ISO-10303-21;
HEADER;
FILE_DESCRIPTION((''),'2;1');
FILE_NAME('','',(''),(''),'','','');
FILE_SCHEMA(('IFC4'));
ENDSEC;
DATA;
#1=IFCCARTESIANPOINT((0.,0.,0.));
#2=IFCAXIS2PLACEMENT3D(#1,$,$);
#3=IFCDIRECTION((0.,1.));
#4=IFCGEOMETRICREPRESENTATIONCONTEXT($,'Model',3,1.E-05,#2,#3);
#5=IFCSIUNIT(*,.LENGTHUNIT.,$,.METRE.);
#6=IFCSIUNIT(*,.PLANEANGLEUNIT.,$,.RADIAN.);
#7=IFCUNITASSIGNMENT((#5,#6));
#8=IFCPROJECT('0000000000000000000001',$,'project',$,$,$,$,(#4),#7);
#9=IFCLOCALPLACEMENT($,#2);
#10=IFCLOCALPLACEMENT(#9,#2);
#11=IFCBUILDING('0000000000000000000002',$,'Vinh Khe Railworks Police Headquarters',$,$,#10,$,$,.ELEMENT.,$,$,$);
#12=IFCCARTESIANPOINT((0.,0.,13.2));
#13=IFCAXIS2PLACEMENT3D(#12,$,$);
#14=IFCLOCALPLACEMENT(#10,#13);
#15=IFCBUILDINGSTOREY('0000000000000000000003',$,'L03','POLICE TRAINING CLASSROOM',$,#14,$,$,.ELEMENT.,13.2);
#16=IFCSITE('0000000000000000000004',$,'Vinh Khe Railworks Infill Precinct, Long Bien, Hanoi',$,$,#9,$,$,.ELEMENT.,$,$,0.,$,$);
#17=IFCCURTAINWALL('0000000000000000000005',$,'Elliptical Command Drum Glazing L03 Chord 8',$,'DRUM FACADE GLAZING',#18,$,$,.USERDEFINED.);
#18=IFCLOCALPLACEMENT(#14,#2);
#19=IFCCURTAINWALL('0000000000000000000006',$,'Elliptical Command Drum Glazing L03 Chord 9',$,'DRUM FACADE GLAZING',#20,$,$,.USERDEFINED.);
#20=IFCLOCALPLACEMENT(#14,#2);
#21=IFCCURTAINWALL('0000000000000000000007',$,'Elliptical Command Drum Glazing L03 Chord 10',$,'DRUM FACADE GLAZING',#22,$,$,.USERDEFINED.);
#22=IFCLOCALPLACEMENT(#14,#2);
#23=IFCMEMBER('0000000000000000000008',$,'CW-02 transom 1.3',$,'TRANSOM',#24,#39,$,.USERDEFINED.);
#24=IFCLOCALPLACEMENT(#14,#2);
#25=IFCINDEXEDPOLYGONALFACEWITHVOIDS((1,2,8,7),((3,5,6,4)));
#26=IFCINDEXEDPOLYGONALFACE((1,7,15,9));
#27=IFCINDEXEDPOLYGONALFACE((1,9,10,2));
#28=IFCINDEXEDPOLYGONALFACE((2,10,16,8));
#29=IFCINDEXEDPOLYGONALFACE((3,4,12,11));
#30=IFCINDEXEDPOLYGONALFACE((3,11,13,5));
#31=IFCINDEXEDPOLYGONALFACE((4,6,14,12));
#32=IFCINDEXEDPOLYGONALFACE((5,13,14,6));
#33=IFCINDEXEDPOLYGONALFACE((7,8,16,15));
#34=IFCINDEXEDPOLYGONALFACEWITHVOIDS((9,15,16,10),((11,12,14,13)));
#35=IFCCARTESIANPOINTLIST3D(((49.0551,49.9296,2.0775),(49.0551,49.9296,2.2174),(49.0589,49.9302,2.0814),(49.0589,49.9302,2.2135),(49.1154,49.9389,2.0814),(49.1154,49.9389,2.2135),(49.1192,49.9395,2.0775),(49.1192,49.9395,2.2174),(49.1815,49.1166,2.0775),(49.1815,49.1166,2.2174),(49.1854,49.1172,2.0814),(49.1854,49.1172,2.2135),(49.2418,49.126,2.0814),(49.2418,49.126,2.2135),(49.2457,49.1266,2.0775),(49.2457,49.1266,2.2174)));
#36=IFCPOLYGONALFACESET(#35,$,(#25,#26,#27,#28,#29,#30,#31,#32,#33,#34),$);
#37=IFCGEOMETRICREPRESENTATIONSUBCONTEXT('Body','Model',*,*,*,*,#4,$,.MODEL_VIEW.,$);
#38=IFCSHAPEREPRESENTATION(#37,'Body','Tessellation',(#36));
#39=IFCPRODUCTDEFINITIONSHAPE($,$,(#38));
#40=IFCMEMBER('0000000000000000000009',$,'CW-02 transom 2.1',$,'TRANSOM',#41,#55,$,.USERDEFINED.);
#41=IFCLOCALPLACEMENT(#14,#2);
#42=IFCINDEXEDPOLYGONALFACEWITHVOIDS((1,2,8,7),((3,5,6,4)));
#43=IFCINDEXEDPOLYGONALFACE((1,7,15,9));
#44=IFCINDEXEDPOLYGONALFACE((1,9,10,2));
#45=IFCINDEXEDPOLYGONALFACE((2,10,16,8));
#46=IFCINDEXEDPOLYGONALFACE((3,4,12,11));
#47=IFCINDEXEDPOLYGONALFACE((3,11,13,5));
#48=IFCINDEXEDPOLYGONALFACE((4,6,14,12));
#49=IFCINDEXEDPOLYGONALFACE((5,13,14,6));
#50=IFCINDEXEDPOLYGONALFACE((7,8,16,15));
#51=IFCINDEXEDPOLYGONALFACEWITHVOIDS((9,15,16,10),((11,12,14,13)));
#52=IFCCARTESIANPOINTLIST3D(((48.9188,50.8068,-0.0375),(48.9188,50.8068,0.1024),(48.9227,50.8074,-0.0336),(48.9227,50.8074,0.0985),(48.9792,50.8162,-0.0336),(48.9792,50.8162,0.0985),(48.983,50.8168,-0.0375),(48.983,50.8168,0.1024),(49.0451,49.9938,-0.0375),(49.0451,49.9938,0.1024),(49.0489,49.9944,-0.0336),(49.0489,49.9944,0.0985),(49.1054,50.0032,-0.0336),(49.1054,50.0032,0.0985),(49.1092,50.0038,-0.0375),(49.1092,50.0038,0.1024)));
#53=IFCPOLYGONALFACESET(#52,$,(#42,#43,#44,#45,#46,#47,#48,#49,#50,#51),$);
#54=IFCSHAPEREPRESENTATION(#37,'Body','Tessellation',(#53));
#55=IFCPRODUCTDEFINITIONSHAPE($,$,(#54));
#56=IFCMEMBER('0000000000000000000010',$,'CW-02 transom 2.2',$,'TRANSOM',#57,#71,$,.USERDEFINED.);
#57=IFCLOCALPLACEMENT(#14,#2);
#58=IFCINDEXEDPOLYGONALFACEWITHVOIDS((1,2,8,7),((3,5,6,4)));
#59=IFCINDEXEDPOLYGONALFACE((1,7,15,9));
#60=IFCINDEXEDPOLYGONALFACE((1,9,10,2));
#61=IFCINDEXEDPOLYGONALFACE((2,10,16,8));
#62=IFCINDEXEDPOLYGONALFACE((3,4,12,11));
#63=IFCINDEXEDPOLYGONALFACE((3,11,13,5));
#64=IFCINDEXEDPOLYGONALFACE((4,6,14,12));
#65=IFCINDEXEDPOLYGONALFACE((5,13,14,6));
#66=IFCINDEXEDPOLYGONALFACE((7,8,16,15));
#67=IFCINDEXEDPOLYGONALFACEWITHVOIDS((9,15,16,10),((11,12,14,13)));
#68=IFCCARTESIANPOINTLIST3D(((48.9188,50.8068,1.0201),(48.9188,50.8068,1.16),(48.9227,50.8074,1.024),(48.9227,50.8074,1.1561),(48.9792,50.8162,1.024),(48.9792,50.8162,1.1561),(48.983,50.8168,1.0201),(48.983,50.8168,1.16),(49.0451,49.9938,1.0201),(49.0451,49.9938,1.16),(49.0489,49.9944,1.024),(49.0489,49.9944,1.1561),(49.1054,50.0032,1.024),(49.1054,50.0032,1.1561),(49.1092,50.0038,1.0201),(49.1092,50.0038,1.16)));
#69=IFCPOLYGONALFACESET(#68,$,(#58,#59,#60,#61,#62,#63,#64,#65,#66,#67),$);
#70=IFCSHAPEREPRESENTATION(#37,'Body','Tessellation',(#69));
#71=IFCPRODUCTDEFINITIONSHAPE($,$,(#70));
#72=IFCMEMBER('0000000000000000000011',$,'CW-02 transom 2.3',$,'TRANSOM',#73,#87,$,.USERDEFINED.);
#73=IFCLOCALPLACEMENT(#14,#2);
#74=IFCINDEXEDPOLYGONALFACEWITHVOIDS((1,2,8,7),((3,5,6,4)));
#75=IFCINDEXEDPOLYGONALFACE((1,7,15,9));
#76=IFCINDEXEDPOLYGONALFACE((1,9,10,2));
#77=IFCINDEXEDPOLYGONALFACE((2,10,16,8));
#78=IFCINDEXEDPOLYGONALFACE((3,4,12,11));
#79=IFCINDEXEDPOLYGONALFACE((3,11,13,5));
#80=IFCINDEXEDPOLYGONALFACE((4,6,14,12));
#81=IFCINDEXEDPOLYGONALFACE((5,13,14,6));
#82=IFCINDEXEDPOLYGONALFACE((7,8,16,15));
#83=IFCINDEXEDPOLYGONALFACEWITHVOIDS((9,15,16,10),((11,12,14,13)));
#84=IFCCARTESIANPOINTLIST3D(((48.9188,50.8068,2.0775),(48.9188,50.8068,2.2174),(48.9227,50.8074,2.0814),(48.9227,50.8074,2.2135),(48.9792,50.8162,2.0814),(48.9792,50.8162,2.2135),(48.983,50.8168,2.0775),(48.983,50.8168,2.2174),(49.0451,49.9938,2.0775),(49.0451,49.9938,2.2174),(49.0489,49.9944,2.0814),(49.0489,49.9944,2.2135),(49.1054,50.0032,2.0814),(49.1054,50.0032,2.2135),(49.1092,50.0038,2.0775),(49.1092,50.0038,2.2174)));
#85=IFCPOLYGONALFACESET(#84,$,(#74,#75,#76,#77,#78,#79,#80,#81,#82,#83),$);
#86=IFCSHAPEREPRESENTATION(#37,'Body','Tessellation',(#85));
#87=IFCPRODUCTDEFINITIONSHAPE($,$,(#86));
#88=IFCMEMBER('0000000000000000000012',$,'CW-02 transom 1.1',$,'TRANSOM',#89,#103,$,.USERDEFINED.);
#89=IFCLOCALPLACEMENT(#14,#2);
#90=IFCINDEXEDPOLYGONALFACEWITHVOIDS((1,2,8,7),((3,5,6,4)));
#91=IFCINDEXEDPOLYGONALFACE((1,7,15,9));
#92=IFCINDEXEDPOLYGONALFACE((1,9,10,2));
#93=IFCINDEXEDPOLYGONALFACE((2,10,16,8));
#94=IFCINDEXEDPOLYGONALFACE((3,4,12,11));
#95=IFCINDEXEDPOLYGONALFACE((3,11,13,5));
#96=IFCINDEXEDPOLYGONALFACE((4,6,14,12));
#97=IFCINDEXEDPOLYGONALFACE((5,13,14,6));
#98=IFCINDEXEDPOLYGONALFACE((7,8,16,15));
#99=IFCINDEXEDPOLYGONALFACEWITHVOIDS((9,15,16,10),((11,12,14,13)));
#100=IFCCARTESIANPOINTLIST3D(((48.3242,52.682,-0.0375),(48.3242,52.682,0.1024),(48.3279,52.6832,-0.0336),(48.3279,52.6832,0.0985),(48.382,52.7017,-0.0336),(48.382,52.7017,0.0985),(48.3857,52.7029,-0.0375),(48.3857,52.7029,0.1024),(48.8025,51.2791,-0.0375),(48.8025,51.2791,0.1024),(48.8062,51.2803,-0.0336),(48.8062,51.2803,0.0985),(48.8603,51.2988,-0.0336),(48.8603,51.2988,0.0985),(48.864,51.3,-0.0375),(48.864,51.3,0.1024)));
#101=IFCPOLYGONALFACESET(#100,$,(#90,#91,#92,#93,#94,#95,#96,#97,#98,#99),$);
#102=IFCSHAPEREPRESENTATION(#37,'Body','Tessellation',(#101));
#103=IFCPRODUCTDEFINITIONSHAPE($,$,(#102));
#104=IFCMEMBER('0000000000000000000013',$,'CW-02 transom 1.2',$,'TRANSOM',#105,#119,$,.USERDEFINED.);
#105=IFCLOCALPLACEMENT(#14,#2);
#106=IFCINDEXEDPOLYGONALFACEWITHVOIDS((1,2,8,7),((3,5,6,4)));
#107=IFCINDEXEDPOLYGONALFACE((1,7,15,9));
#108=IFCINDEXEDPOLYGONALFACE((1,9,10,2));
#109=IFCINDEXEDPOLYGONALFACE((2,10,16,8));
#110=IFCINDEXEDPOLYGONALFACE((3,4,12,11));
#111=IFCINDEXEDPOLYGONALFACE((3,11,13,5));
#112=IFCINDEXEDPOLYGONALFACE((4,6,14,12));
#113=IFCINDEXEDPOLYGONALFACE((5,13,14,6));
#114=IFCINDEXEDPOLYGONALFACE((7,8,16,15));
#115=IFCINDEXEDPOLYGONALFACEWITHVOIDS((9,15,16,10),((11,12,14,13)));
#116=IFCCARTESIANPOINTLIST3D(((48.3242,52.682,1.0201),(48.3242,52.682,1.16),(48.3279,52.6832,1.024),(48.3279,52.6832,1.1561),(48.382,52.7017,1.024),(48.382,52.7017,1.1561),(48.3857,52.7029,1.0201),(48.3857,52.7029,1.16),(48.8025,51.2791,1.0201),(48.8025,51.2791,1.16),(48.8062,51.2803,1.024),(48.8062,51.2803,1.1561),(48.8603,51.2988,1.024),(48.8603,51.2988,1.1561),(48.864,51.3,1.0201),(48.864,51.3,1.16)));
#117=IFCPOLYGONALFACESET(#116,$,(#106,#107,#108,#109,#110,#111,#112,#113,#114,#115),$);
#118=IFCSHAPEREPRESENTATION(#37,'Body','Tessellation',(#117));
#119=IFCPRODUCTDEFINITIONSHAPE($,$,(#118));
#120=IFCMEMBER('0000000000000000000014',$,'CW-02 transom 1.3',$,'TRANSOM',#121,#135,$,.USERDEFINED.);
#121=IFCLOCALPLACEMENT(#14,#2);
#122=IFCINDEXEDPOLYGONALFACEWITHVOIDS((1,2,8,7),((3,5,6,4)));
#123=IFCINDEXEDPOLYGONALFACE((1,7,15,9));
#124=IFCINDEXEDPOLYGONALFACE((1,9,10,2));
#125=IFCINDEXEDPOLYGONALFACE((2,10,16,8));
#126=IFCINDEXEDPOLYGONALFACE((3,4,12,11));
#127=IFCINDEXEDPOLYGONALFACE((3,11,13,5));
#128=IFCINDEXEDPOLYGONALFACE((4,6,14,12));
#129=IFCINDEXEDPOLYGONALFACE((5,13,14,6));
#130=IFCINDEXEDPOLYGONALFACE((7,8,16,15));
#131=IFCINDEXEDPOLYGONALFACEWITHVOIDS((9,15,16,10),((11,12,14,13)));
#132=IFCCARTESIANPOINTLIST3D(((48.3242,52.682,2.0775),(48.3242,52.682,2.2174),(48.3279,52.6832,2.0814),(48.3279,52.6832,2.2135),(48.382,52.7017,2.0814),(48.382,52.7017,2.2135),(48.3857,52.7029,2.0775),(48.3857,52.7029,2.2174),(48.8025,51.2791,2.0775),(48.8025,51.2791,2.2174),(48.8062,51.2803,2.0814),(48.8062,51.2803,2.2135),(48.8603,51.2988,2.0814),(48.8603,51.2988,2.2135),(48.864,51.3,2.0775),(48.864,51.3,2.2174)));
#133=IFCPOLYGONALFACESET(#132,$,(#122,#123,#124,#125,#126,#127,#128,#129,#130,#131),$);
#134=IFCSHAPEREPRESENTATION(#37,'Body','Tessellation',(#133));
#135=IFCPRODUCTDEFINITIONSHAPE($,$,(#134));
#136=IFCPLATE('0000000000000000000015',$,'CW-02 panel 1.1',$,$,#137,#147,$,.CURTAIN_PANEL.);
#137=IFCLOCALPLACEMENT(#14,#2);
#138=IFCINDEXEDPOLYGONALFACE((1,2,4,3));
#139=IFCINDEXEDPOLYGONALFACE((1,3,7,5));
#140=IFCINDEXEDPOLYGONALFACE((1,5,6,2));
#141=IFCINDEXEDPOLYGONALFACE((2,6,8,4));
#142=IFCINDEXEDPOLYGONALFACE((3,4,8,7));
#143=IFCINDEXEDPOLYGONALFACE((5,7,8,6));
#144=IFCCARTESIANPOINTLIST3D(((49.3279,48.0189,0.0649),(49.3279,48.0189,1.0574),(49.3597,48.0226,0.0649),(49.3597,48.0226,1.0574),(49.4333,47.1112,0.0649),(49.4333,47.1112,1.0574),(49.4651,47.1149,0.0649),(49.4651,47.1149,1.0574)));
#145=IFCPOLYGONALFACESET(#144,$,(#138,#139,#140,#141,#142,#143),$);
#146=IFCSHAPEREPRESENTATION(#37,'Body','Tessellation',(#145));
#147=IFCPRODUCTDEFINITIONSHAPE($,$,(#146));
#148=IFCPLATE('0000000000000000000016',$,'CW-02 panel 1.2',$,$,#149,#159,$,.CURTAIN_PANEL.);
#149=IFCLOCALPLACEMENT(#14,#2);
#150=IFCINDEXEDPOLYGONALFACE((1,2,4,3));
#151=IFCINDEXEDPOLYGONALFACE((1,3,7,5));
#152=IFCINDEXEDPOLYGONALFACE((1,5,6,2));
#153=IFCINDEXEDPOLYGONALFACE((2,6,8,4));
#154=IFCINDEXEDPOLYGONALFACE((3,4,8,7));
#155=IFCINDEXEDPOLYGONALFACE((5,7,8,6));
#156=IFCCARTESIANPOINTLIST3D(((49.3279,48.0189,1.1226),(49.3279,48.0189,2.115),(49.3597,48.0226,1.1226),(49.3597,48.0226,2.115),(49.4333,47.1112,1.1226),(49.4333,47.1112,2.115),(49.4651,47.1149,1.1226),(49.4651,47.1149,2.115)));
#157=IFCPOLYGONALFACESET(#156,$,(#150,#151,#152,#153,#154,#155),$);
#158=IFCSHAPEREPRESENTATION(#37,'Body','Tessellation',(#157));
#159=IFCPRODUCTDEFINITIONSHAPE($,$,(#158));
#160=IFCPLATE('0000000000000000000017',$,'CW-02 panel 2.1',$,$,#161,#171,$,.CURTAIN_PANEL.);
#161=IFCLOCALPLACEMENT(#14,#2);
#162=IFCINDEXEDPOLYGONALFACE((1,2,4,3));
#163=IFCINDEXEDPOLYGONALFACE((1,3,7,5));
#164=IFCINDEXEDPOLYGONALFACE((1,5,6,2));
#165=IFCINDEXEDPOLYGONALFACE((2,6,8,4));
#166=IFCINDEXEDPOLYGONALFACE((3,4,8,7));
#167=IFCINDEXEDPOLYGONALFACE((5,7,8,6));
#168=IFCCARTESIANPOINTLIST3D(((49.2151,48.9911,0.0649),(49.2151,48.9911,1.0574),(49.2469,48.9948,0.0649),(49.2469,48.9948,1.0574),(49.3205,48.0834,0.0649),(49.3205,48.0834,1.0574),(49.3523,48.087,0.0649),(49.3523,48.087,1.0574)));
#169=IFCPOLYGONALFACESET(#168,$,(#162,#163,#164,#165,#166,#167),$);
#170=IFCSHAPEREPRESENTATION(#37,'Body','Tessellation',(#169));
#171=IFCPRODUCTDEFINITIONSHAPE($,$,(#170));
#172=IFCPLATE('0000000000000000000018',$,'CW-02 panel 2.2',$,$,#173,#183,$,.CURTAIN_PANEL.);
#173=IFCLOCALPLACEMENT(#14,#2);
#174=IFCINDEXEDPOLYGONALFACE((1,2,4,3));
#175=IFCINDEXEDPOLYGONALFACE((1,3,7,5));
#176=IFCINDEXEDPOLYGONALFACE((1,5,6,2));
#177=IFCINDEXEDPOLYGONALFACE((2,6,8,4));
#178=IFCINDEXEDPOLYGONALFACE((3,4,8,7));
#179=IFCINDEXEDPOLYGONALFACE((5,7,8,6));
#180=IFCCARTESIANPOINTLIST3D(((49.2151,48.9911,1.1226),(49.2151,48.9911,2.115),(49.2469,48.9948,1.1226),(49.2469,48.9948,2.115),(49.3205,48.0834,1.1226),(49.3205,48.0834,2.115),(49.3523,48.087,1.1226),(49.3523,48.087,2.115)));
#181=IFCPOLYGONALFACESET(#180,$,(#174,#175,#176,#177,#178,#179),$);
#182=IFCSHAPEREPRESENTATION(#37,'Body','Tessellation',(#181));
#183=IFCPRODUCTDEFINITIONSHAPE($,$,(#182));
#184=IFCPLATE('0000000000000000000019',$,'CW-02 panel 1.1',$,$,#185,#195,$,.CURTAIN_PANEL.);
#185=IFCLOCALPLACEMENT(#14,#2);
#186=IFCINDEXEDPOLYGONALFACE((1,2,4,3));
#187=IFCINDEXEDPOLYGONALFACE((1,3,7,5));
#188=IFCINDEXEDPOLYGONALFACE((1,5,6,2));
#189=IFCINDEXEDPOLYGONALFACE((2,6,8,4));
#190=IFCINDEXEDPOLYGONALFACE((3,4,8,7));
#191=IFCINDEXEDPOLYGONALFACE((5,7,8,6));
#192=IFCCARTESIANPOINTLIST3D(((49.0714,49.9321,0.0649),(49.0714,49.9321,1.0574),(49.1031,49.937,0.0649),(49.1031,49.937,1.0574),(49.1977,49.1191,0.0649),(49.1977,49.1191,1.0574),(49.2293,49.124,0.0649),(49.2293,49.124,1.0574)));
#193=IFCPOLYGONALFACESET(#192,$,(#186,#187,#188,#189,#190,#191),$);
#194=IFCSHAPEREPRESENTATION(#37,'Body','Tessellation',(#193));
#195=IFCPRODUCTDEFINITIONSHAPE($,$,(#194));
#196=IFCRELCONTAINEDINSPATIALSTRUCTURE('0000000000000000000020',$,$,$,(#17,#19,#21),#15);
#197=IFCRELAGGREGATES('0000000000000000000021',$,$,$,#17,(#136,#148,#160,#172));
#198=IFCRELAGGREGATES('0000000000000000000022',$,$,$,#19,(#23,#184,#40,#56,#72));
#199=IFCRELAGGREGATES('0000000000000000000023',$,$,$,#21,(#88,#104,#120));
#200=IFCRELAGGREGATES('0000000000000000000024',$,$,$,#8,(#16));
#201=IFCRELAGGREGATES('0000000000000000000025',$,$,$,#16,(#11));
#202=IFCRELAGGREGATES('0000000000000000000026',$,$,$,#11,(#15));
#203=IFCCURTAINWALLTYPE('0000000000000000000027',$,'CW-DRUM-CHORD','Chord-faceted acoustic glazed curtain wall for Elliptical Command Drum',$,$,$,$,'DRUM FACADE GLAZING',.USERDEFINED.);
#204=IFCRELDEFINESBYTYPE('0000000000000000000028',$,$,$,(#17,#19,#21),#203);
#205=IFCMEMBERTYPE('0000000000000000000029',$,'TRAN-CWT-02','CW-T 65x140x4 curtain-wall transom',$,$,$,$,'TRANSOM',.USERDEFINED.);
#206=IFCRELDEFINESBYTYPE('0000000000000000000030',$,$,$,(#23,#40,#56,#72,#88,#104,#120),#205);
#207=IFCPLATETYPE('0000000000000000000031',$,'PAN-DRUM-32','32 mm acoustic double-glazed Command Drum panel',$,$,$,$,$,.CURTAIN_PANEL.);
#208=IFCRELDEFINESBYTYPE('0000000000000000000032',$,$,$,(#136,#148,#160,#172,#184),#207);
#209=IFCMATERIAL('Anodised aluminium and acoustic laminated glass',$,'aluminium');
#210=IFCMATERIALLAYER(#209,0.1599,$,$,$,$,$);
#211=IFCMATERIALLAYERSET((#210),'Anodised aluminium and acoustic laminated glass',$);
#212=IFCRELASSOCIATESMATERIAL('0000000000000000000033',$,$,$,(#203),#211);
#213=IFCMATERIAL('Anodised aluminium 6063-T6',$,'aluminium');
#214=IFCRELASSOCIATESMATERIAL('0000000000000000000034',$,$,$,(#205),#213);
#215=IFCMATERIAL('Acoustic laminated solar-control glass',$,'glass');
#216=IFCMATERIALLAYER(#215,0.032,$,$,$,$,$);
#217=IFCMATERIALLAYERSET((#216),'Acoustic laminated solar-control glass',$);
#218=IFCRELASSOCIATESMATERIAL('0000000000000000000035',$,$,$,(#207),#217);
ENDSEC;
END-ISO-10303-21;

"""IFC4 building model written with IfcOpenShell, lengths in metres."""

from ifc_helpers import new_model, si_unit, direction, frame, origin, origin_2d, place, context, subcontext, project, spatial, rectangle, hollow_rectangle, extrude, material, layer, layer_set, material_profile, profile_set, type_object, element, aggregate, save


model = new_model("IFC4")

# Units and contexts
model_context = context("Model", 3, precision=1e-05, world=origin(), true_north=direction((0.0, 1.0)))
body_context = subcontext(model_context, "Body", "Model", "MODEL_VIEW")
ifc_project = project(units=[si_unit("LENGTHUNIT", "METRE"), si_unit("PLANEANGLEUNIT", "RADIAN")], contexts=[model_context])

# Site, building, storey
site_placement = place(None, origin())
site = spatial("IfcSite", under=ifc_project, at=site_placement, Name="Vinh Khe Railworks Infill Precinct, Long Bien, Hanoi", CompositionType="ELEMENT", RefElevation=0.0)
building_placement = place(site_placement, origin())
building = spatial("IfcBuilding", under=site, at=building_placement, Name="Vinh Khe Railworks Police Headquarters", CompositionType="ELEMENT")
storey_placement = place(building_placement, frame((0.0, 0.0, 13.2)))
storey = spatial("IfcBuildingStorey", under=building, at=storey_placement, Name="L03", Description="POLICE TRAINING CLASSROOM", CompositionType="ELEMENT", Elevation=13.2)

# Curtain walls
ifc_material_1 = material(Name="Anodised aluminium and acoustic laminated glass", Category="aluminium")
ifc_layer_1 = layer(ifc_material_1, 0.1599)
ifc_layer_set_1 = layer_set([ifc_layer_1], Name="Anodised aluminium and acoustic laminated glass")
curtain_wall_type = type_object("IfcCurtainWallType", Name="CW-DRUM-CHORD", Description="Chord-faceted acoustic glazed curtain wall for Elliptical Command Drum", ElementType="DRUM FACADE GLAZING", PredefinedType="USERDEFINED", material=ifc_layer_set_1)
curtain_wall_1_placement = place(storey_placement, origin())
curtain_wall_1 = element("IfcCurtainWall", 1, at=curtain_wall_1_placement, inside=storey, type_object=curtain_wall_type, Name="Elliptical Command Drum Glazing L03 Chord 8", ObjectType="DRUM FACADE GLAZING", PredefinedType="USERDEFINED")
ifc_material_2 = material(Name="Anodised aluminium 6063-T6", Category="aluminium")
curtain_wall_2_placement = place(storey_placement, origin())
curtain_wall_2 = element("IfcCurtainWall", 2, at=curtain_wall_2_placement, inside=storey, type_object=curtain_wall_type, Name="Elliptical Command Drum Glazing L03 Chord 9", ObjectType="DRUM FACADE GLAZING", PredefinedType="USERDEFINED")

# Curtain wall
curtain_wall_3_placement = place(storey_placement, origin())
curtain_wall_3 = element("IfcCurtainWall", 3, at=curtain_wall_3_placement, inside=storey, type_object=curtain_wall_type, Name="Elliptical Command Drum Glazing L03 Chord 10", ObjectType="DRUM FACADE GLAZING", PredefinedType="USERDEFINED")

# Members
ifc_material_profile_1 = material_profile(ifc_material_2, hollow_rectangle(XDim=0.0649, YDim=0.1399, WallThickness=0.0039, at=origin_2d()), Name="CW-T 65x140x4")
ifc_profile_set_1 = profile_set([ifc_material_profile_1], Name="Anodised aluminium 6063-T6")
member_type_1 = type_object("IfcMemberType", Name="TRAN-CWT-02", Description="CW-T 65x140x4 curtain-wall transom", ElementType="TRANSOM", PredefinedType="USERDEFINED", material=ifc_profile_set_1)
member_1_placement = place(storey_placement, frame((49.2136, 49.1216, 2.1475), z_axis=(-0.153707, 0.988116, 0.0), x_axis=(-0.988116, -0.153707, 0.0)))
member_1 = element("IfcMember", 4, at=member_1_placement, type_object=member_type_1, Name="CW-02 transom 1.3", ObjectType="TRANSOM", PredefinedType="USERDEFINED", context=body_context, shape_type="SweptSolid", body=[
    extrude(hollow_rectangle(XDim=0.0649, YDim=0.1399, WallThickness=0.0039, at=origin_2d()), origin(), (0.0, 0.0, 1.0), 0.8228),
])
member_2_placement = place(storey_placement, frame((49.0771, 49.9988, 0.0325), z_axis=(-0.153417, 0.988161, 0.0), x_axis=(-0.988161, -0.153417, 0.0)))
member_2 = element("IfcMember", 5, at=member_2_placement, type_object=member_type_1, Name="CW-02 transom 2.1", ObjectType="TRANSOM", PredefinedType="USERDEFINED", context=body_context, shape_type="SweptSolid", body=[
    extrude(hollow_rectangle(XDim=0.0649, YDim=0.1399, WallThickness=0.0039, at=origin_2d()), origin(), (0.0, 0.0, 1.0), 0.8228),
])
member_3_placement = place(storey_placement, frame((49.0771, 49.9988, 1.0901), z_axis=(-0.153417, 0.988161, 0.0), x_axis=(-0.988161, -0.153417, 0.0)))
member_3 = element("IfcMember", 6, at=member_3_placement, type_object=member_type_1, Name="CW-02 transom 2.2", ObjectType="TRANSOM", PredefinedType="USERDEFINED", context=body_context, shape_type="SweptSolid", body=[
    extrude(hollow_rectangle(XDim=0.0649, YDim=0.1399, WallThickness=0.0039, at=origin_2d()), origin(), (0.0, 0.0, 1.0), 0.8228),
])
member_4_placement = place(storey_placement, frame((49.0771, 49.9988, 2.1475), z_axis=(-0.153417, 0.988161, 0.0), x_axis=(-0.988161, -0.153417, 0.0)))
member_4 = element("IfcMember", 7, at=member_4_placement, type_object=member_type_1, Name="CW-02 transom 2.3", ObjectType="TRANSOM", PredefinedType="USERDEFINED", context=body_context, shape_type="SweptSolid", body=[
    extrude(hollow_rectangle(XDim=0.0649, YDim=0.1399, WallThickness=0.0039, at=origin_2d()), origin(), (0.0, 0.0, 1.0), 0.8228),
])
member_5_placement = place(storey_placement, frame((48.8333, 51.2896, 0.0325), z_axis=(-0.322694, 0.946503, 0.0), x_axis=(-0.946503, -0.322694, 0.0)))
member_5 = element("IfcMember", 8, at=member_5_placement, type_object=member_type_1, Name="CW-02 transom 1.1", ObjectType="TRANSOM", PredefinedType="USERDEFINED", context=body_context, shape_type="SweptSolid", body=[
    extrude(hollow_rectangle(XDim=0.0649, YDim=0.1399, WallThickness=0.0039, at=origin_2d()), origin(), (0.0, 0.0, 1.0), 1.4822),
])
member_6_placement = place(storey_placement, frame((48.8333, 51.2896, 1.0901), z_axis=(-0.322694, 0.946503, 0.0), x_axis=(-0.946503, -0.322694, 0.0)))
member_6 = element("IfcMember", 9, at=member_6_placement, type_object=member_type_1, Name="CW-02 transom 1.2", ObjectType="TRANSOM", PredefinedType="USERDEFINED", context=body_context, shape_type="SweptSolid", body=[
    extrude(hollow_rectangle(XDim=0.0649, YDim=0.1399, WallThickness=0.0039, at=origin_2d()), origin(), (0.0, 0.0, 1.0), 1.4822),
])
member_7_placement = place(storey_placement, frame((48.8333, 51.2896, 2.1475), z_axis=(-0.322694, 0.946503, 0.0), x_axis=(-0.946503, -0.322694, 0.0)))
member_7 = element("IfcMember", 10, at=member_7_placement, type_object=member_type_1, Name="CW-02 transom 1.3", ObjectType="TRANSOM", PredefinedType="USERDEFINED", context=body_context, shape_type="SweptSolid", body=[
    extrude(hollow_rectangle(XDim=0.0649, YDim=0.1399, WallThickness=0.0039, at=origin_2d()), origin(), (0.0, 0.0, 1.0), 1.4822),
])

# Plates
ifc_material_3 = material(Name="Acoustic laminated solar-control glass", Category="glass")
ifc_layer_2 = layer(ifc_material_3, 0.032)
ifc_layer_set_2 = layer_set([ifc_layer_2], Name="Acoustic laminated solar-control glass")
plate_type_1 = type_object("IfcPlateType", Name="PAN-DRUM-32", Description="32 mm acoustic double-glazed Command Drum panel", PredefinedType="CURTAIN_PANEL", material=ifc_layer_set_2)
plate_1_placement = place(storey_placement, frame((49.3965, 47.5669, 0.0649), z_axis=(0.0, 0.0, 1.0), x_axis=(-0.115318, 0.993329, 0.0)))
plate_1 = element("IfcPlate", 11, at=plate_1_placement, type_object=plate_type_1, Name="CW-02 panel 1.1", PredefinedType="CURTAIN_PANEL", context=body_context, shape_type="SweptSolid", body=[
    extrude(rectangle(XDim=0.9138, YDim=0.032, at=origin_2d()), origin(), (0.0, 0.0, 1.0), 0.9924),
])
plate_2_placement = place(storey_placement, frame((49.3965, 47.5669, 1.1226), z_axis=(0.0, 0.0, 1.0), x_axis=(-0.115318, 0.993329, 0.0)))
plate_2 = element("IfcPlate", 12, at=plate_2_placement, type_object=plate_type_1, Name="CW-02 panel 1.2", PredefinedType="CURTAIN_PANEL", context=body_context, shape_type="SweptSolid", body=[
    extrude(rectangle(XDim=0.9138, YDim=0.032, at=origin_2d()), origin(), (0.0, 0.0, 1.0), 0.9924),
])
plate_3_placement = place(storey_placement, frame((49.2837, 48.5391, 0.0649), z_axis=(0.0, 0.0, 1.0), x_axis=(-0.115318, 0.993329, 0.0)))
plate_3 = element("IfcPlate", 13, at=plate_3_placement, type_object=plate_type_1, Name="CW-02 panel 2.1", PredefinedType="CURTAIN_PANEL", context=body_context, shape_type="SweptSolid", body=[
    extrude(rectangle(XDim=0.9138, YDim=0.032, at=origin_2d()), origin(), (0.0, 0.0, 1.0), 0.9924),
])
plate_4_placement = place(storey_placement, frame((49.2837, 48.5391, 1.1226), z_axis=(0.0, 0.0, 1.0), x_axis=(-0.115318, 0.993329, 0.0)))
plate_4 = element("IfcPlate", 14, at=plate_4_placement, type_object=plate_type_1, Name="CW-02 panel 2.2", PredefinedType="CURTAIN_PANEL", context=body_context, shape_type="SweptSolid", body=[
    extrude(rectangle(XDim=0.9138, YDim=0.032, at=origin_2d()), origin(), (0.0, 0.0, 1.0), 0.9924),
])
aggregate(curtain_wall_1, [plate_1, plate_2, plate_3, plate_4])
plate_5_placement = place(storey_placement, frame((49.1504, 49.5281, 0.0649), z_axis=(0.0, 0.0, 1.0), x_axis=(-0.153489, 0.98815, 0.0)))
plate_5 = element("IfcPlate", 15, at=plate_5_placement, type_object=plate_type_1, Name="CW-02 panel 1.1", PredefinedType="CURTAIN_PANEL", context=body_context, shape_type="SweptSolid", body=[
    extrude(rectangle(XDim=0.8228, YDim=0.032, at=origin_2d()), origin(), (0.0, 0.0, 1.0), 0.9924),
])
aggregate(curtain_wall_2, [member_1, plate_5, member_2, member_3, member_4])
aggregate(curtain_wall_3, [member_5, member_6, member_7])

save(model, "model.ifc")
